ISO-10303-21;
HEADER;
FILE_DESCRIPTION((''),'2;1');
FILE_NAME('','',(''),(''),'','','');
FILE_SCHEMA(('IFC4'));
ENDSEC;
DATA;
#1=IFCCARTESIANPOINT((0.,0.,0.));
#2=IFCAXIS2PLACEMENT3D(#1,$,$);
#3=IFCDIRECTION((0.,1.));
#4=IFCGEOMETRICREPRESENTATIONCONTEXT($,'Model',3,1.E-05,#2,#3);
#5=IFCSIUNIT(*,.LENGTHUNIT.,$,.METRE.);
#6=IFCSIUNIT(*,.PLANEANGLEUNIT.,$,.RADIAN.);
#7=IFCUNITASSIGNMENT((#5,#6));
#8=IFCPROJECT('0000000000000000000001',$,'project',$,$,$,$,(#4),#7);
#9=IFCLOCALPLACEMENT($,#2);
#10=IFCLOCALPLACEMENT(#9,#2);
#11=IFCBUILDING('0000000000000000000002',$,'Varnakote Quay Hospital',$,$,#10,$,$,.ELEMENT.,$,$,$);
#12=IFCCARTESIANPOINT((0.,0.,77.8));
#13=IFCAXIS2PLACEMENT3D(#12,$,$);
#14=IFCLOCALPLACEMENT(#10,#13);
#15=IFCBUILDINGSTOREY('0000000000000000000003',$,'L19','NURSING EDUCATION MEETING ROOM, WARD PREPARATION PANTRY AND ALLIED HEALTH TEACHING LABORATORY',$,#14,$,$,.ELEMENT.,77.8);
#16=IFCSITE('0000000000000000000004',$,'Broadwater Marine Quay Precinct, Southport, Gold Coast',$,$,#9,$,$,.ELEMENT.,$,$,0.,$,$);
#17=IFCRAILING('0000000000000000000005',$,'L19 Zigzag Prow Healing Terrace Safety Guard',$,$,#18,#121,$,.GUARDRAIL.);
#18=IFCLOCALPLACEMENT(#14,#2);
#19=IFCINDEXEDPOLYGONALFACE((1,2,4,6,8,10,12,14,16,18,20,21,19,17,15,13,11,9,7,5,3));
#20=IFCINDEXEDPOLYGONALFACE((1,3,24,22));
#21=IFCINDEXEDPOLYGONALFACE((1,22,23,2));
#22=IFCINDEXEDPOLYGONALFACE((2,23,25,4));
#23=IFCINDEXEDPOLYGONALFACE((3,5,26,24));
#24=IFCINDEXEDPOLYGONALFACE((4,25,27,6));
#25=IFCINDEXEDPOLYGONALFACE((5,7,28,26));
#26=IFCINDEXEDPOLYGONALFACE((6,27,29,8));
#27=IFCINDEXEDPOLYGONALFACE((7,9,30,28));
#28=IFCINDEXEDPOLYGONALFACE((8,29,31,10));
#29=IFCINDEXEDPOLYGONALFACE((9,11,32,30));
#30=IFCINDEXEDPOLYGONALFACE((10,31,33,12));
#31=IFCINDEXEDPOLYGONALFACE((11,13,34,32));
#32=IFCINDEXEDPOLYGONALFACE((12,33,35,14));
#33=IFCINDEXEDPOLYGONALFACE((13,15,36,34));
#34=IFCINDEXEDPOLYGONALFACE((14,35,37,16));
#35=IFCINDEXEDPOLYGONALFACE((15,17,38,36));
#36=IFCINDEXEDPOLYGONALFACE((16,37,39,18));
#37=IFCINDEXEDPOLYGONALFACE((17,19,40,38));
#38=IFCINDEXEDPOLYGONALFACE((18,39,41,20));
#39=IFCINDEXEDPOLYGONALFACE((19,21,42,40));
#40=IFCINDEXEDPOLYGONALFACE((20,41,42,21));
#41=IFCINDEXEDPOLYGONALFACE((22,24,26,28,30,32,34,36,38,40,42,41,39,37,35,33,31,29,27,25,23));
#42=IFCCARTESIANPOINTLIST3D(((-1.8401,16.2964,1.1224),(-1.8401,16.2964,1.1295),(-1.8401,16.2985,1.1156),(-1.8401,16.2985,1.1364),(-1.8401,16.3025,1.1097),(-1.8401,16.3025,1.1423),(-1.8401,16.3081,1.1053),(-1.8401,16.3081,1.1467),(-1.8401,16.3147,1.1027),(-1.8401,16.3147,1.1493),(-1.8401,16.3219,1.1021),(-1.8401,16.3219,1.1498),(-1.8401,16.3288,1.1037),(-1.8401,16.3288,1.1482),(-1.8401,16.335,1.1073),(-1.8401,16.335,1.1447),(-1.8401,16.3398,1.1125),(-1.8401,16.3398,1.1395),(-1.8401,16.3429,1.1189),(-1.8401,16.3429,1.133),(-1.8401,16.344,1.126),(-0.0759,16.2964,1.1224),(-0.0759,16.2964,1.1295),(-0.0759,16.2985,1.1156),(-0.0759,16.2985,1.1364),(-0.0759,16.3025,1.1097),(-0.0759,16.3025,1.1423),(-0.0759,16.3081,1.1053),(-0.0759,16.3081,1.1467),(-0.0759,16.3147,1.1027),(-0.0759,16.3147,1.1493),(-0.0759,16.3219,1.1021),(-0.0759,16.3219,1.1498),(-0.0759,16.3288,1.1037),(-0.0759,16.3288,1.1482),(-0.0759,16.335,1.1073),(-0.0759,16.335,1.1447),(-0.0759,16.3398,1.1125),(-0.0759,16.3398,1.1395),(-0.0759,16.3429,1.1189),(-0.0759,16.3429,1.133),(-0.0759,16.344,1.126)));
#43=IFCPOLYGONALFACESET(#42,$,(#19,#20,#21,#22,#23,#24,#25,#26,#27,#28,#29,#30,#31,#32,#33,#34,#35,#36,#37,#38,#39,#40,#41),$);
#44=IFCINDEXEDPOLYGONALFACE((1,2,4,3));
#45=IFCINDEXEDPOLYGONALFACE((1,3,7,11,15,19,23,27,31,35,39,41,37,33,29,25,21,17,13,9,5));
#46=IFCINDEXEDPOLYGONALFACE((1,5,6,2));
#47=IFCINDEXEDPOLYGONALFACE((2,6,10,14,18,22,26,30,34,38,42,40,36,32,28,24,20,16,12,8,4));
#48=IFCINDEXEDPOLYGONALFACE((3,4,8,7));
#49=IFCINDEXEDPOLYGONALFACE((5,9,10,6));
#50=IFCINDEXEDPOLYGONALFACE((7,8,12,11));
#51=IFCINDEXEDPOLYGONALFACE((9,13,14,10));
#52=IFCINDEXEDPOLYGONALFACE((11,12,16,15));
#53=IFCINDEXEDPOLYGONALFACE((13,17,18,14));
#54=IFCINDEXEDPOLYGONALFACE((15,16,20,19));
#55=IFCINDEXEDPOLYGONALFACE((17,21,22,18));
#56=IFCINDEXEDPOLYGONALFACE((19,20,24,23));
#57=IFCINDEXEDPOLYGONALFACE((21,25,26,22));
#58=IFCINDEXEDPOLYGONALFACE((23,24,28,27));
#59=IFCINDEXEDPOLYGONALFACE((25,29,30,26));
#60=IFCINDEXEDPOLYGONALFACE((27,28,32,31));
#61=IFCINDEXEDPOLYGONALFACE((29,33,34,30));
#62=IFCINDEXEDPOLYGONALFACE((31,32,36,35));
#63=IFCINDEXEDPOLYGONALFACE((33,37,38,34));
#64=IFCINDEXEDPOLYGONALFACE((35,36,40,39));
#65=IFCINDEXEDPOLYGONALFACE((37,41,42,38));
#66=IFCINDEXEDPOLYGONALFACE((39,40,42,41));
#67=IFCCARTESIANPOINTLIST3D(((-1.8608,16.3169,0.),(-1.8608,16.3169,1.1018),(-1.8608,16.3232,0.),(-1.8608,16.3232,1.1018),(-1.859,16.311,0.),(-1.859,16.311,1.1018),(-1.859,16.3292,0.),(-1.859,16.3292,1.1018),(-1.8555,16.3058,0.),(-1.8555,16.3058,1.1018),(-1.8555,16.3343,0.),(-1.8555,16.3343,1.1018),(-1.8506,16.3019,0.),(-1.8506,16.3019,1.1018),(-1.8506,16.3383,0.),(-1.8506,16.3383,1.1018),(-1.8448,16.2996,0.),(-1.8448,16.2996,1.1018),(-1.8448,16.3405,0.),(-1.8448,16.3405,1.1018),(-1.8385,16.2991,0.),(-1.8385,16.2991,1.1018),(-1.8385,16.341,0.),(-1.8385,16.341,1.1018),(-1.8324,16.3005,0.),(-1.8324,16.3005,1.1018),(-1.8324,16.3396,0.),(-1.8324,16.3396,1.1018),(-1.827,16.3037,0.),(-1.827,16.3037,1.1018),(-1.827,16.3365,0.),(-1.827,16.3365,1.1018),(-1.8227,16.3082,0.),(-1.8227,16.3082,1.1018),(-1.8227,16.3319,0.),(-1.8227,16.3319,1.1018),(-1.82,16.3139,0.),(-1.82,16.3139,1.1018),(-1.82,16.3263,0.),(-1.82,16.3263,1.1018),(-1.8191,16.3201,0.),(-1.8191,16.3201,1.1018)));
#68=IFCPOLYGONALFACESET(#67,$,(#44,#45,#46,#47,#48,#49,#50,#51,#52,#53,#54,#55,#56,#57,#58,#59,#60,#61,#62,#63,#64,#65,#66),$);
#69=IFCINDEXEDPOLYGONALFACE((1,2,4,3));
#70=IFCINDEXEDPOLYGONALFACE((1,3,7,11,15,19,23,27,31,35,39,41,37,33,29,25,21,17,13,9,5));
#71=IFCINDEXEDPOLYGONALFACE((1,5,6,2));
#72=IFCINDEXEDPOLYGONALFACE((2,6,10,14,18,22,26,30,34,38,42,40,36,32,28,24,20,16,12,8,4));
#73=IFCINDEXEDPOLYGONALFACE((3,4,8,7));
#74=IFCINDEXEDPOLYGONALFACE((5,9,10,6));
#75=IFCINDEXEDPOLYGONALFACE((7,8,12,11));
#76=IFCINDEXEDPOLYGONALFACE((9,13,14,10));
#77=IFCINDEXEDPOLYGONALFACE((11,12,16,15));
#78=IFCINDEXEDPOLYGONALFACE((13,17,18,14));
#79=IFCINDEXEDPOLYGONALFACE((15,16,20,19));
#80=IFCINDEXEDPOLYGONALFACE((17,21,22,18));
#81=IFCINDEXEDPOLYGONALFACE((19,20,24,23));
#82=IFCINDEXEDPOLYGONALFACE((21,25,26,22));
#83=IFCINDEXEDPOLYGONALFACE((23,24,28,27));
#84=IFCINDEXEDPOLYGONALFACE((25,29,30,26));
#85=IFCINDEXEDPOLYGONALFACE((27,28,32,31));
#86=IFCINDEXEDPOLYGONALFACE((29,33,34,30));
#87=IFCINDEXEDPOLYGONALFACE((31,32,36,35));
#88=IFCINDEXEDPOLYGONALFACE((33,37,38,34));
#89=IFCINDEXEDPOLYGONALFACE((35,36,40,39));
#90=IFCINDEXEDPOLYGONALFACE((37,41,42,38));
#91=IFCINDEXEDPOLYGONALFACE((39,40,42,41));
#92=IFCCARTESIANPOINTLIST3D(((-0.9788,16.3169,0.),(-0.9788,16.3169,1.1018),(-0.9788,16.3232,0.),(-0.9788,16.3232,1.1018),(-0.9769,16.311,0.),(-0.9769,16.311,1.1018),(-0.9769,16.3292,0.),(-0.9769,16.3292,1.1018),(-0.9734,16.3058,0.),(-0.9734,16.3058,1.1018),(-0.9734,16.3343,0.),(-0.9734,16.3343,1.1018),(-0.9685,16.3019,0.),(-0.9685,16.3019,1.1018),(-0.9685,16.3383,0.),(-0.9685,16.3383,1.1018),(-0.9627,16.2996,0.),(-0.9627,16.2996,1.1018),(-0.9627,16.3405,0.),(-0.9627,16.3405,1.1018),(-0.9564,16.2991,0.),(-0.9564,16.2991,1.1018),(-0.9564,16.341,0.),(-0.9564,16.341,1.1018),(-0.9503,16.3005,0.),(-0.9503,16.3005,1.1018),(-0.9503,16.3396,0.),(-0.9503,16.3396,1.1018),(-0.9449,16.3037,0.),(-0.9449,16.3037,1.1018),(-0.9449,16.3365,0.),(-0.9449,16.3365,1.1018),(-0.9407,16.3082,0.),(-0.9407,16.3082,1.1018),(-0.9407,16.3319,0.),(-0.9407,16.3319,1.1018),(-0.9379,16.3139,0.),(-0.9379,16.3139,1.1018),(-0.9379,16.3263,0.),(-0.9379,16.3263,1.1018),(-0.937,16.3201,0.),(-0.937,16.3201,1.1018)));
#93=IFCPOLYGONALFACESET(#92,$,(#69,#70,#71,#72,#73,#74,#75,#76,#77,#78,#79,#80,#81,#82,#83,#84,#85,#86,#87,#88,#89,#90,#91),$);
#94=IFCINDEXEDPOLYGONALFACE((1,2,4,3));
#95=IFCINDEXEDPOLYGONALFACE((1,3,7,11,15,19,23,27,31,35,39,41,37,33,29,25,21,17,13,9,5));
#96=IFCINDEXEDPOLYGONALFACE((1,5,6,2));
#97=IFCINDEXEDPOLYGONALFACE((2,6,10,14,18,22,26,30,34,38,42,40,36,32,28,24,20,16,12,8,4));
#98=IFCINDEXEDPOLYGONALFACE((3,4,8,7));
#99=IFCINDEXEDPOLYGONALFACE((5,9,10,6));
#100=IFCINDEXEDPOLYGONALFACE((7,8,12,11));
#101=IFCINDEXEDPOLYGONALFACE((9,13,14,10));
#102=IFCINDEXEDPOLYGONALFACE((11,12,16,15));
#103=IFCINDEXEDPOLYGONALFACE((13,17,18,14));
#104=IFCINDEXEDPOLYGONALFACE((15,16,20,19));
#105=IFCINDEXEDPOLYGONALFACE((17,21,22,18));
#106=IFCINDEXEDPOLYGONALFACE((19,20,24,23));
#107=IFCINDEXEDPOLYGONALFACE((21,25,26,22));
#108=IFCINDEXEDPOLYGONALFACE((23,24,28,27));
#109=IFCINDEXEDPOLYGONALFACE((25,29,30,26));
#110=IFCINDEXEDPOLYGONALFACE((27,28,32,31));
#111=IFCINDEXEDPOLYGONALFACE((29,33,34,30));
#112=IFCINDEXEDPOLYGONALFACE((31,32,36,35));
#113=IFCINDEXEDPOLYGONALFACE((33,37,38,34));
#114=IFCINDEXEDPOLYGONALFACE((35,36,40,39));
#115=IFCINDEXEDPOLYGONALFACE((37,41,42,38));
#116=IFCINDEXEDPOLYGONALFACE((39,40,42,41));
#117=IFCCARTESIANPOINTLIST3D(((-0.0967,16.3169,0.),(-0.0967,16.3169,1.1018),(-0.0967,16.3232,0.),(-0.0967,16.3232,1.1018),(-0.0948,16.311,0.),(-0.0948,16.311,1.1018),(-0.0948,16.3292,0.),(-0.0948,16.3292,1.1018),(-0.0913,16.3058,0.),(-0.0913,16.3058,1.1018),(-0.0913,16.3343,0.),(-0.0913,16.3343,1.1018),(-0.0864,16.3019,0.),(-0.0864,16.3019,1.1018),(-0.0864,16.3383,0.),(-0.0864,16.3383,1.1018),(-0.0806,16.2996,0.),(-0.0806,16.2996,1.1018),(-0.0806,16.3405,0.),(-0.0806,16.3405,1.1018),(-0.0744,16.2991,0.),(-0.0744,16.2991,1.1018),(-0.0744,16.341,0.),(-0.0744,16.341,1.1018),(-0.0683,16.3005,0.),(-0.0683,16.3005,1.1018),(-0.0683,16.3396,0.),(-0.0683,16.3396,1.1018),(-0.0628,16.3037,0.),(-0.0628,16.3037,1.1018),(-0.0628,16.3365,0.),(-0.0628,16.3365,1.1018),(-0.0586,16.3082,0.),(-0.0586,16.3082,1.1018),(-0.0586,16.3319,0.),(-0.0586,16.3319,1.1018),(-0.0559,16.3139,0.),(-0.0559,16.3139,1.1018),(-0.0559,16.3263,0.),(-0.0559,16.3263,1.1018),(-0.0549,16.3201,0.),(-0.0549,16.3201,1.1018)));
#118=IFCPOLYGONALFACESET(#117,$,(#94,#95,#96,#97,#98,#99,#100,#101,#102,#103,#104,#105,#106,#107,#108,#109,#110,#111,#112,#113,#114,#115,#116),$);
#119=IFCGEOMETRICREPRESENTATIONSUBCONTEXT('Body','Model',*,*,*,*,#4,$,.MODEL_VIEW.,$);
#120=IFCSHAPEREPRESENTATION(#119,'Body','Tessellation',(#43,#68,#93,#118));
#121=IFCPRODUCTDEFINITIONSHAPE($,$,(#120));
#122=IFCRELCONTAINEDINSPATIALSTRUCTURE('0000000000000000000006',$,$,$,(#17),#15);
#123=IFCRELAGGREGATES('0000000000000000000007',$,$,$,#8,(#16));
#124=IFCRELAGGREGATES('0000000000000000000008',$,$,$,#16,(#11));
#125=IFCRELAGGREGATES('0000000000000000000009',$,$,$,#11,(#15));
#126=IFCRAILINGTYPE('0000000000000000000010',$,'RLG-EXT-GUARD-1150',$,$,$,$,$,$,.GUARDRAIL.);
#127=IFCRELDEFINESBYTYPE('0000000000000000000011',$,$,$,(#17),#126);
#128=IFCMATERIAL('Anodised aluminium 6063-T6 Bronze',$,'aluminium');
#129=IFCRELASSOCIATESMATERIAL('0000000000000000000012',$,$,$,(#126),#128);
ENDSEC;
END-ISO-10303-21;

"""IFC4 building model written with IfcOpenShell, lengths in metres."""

from ifc_helpers import new_model, si_unit, direction, frame, origin, origin_2d, place, context, subcontext, project, spatial, circle, extrude, material, type_object, element, save


model = new_model("IFC4")

# Units and contexts
model_context = context("Model", 3, precision=1e-05, world=origin(), true_north=direction((0.0, 1.0)))
body_context = subcontext(model_context, "Body", "Model", "MODEL_VIEW")
ifc_project = project(units=[si_unit("LENGTHUNIT", "METRE"), si_unit("PLANEANGLEUNIT", "RADIAN")], contexts=[model_context])

# Site, building, storey
site_placement = place(None, origin())
site = spatial("IfcSite", under=ifc_project, at=site_placement, Name="Broadwater Marine Quay Precinct, Southport, Gold Coast", CompositionType="ELEMENT", RefElevation=0.0)
building_placement = place(site_placement, origin())
building = spatial("IfcBuilding", under=site, at=building_placement, Name="Varnakote Quay Hospital", CompositionType="ELEMENT")
storey_placement = place(building_placement, frame((0.0, 0.0, 77.8)))
storey = spatial("IfcBuildingStorey", under=building, at=storey_placement, Name="L19", Description="NURSING EDUCATION MEETING ROOM, WARD PREPARATION PANTRY AND ALLIED HEALTH TEACHING LABORATORY", CompositionType="ELEMENT", Elevation=77.8)

# Railing
ifc_material_1 = material(Name="Anodised aluminium 6063-T6 Bronze", Category="aluminium")
railing_type = type_object("IfcRailingType", Name="RLG-EXT-GUARD-1150", PredefinedType="GUARDRAIL", material=ifc_material_1)
railing_1_placement = place(storey_placement, frame((-1.8401, 16.3201, 0.0)))
element("IfcRailing", 1, at=railing_1_placement, inside=storey, type_object=railing_type, Name="L19 Zigzag Prow Healing Terrace Safety Guard", PredefinedType="GUARDRAIL", context=body_context, shape_type="SweptSolid", body=[
    extrude(circle(Radius=0.0239, at=origin_2d()), frame((0.0, 0.0, 1.126), z_axis=(1.0, 0.0, 0.0), x_axis=(0.0, 1.0, 0.0)), (0.0, 0.0, 1.0), 1.7642),
    extrude(circle(Radius=0.021, at=origin_2d()), origin(), (0.0, 0.0, 1.0), 1.1018),
    extrude(circle(Radius=0.021, at=origin_2d()), frame((0.8821, 0.0, 0.0)), (0.0, 0.0, 1.0), 1.1018),
    extrude(circle(Radius=0.021, at=origin_2d()), frame((1.7642, 0.0, 0.0)), (0.0, 0.0, 1.0), 1.1018),
])

save(model, "model.ifc")
